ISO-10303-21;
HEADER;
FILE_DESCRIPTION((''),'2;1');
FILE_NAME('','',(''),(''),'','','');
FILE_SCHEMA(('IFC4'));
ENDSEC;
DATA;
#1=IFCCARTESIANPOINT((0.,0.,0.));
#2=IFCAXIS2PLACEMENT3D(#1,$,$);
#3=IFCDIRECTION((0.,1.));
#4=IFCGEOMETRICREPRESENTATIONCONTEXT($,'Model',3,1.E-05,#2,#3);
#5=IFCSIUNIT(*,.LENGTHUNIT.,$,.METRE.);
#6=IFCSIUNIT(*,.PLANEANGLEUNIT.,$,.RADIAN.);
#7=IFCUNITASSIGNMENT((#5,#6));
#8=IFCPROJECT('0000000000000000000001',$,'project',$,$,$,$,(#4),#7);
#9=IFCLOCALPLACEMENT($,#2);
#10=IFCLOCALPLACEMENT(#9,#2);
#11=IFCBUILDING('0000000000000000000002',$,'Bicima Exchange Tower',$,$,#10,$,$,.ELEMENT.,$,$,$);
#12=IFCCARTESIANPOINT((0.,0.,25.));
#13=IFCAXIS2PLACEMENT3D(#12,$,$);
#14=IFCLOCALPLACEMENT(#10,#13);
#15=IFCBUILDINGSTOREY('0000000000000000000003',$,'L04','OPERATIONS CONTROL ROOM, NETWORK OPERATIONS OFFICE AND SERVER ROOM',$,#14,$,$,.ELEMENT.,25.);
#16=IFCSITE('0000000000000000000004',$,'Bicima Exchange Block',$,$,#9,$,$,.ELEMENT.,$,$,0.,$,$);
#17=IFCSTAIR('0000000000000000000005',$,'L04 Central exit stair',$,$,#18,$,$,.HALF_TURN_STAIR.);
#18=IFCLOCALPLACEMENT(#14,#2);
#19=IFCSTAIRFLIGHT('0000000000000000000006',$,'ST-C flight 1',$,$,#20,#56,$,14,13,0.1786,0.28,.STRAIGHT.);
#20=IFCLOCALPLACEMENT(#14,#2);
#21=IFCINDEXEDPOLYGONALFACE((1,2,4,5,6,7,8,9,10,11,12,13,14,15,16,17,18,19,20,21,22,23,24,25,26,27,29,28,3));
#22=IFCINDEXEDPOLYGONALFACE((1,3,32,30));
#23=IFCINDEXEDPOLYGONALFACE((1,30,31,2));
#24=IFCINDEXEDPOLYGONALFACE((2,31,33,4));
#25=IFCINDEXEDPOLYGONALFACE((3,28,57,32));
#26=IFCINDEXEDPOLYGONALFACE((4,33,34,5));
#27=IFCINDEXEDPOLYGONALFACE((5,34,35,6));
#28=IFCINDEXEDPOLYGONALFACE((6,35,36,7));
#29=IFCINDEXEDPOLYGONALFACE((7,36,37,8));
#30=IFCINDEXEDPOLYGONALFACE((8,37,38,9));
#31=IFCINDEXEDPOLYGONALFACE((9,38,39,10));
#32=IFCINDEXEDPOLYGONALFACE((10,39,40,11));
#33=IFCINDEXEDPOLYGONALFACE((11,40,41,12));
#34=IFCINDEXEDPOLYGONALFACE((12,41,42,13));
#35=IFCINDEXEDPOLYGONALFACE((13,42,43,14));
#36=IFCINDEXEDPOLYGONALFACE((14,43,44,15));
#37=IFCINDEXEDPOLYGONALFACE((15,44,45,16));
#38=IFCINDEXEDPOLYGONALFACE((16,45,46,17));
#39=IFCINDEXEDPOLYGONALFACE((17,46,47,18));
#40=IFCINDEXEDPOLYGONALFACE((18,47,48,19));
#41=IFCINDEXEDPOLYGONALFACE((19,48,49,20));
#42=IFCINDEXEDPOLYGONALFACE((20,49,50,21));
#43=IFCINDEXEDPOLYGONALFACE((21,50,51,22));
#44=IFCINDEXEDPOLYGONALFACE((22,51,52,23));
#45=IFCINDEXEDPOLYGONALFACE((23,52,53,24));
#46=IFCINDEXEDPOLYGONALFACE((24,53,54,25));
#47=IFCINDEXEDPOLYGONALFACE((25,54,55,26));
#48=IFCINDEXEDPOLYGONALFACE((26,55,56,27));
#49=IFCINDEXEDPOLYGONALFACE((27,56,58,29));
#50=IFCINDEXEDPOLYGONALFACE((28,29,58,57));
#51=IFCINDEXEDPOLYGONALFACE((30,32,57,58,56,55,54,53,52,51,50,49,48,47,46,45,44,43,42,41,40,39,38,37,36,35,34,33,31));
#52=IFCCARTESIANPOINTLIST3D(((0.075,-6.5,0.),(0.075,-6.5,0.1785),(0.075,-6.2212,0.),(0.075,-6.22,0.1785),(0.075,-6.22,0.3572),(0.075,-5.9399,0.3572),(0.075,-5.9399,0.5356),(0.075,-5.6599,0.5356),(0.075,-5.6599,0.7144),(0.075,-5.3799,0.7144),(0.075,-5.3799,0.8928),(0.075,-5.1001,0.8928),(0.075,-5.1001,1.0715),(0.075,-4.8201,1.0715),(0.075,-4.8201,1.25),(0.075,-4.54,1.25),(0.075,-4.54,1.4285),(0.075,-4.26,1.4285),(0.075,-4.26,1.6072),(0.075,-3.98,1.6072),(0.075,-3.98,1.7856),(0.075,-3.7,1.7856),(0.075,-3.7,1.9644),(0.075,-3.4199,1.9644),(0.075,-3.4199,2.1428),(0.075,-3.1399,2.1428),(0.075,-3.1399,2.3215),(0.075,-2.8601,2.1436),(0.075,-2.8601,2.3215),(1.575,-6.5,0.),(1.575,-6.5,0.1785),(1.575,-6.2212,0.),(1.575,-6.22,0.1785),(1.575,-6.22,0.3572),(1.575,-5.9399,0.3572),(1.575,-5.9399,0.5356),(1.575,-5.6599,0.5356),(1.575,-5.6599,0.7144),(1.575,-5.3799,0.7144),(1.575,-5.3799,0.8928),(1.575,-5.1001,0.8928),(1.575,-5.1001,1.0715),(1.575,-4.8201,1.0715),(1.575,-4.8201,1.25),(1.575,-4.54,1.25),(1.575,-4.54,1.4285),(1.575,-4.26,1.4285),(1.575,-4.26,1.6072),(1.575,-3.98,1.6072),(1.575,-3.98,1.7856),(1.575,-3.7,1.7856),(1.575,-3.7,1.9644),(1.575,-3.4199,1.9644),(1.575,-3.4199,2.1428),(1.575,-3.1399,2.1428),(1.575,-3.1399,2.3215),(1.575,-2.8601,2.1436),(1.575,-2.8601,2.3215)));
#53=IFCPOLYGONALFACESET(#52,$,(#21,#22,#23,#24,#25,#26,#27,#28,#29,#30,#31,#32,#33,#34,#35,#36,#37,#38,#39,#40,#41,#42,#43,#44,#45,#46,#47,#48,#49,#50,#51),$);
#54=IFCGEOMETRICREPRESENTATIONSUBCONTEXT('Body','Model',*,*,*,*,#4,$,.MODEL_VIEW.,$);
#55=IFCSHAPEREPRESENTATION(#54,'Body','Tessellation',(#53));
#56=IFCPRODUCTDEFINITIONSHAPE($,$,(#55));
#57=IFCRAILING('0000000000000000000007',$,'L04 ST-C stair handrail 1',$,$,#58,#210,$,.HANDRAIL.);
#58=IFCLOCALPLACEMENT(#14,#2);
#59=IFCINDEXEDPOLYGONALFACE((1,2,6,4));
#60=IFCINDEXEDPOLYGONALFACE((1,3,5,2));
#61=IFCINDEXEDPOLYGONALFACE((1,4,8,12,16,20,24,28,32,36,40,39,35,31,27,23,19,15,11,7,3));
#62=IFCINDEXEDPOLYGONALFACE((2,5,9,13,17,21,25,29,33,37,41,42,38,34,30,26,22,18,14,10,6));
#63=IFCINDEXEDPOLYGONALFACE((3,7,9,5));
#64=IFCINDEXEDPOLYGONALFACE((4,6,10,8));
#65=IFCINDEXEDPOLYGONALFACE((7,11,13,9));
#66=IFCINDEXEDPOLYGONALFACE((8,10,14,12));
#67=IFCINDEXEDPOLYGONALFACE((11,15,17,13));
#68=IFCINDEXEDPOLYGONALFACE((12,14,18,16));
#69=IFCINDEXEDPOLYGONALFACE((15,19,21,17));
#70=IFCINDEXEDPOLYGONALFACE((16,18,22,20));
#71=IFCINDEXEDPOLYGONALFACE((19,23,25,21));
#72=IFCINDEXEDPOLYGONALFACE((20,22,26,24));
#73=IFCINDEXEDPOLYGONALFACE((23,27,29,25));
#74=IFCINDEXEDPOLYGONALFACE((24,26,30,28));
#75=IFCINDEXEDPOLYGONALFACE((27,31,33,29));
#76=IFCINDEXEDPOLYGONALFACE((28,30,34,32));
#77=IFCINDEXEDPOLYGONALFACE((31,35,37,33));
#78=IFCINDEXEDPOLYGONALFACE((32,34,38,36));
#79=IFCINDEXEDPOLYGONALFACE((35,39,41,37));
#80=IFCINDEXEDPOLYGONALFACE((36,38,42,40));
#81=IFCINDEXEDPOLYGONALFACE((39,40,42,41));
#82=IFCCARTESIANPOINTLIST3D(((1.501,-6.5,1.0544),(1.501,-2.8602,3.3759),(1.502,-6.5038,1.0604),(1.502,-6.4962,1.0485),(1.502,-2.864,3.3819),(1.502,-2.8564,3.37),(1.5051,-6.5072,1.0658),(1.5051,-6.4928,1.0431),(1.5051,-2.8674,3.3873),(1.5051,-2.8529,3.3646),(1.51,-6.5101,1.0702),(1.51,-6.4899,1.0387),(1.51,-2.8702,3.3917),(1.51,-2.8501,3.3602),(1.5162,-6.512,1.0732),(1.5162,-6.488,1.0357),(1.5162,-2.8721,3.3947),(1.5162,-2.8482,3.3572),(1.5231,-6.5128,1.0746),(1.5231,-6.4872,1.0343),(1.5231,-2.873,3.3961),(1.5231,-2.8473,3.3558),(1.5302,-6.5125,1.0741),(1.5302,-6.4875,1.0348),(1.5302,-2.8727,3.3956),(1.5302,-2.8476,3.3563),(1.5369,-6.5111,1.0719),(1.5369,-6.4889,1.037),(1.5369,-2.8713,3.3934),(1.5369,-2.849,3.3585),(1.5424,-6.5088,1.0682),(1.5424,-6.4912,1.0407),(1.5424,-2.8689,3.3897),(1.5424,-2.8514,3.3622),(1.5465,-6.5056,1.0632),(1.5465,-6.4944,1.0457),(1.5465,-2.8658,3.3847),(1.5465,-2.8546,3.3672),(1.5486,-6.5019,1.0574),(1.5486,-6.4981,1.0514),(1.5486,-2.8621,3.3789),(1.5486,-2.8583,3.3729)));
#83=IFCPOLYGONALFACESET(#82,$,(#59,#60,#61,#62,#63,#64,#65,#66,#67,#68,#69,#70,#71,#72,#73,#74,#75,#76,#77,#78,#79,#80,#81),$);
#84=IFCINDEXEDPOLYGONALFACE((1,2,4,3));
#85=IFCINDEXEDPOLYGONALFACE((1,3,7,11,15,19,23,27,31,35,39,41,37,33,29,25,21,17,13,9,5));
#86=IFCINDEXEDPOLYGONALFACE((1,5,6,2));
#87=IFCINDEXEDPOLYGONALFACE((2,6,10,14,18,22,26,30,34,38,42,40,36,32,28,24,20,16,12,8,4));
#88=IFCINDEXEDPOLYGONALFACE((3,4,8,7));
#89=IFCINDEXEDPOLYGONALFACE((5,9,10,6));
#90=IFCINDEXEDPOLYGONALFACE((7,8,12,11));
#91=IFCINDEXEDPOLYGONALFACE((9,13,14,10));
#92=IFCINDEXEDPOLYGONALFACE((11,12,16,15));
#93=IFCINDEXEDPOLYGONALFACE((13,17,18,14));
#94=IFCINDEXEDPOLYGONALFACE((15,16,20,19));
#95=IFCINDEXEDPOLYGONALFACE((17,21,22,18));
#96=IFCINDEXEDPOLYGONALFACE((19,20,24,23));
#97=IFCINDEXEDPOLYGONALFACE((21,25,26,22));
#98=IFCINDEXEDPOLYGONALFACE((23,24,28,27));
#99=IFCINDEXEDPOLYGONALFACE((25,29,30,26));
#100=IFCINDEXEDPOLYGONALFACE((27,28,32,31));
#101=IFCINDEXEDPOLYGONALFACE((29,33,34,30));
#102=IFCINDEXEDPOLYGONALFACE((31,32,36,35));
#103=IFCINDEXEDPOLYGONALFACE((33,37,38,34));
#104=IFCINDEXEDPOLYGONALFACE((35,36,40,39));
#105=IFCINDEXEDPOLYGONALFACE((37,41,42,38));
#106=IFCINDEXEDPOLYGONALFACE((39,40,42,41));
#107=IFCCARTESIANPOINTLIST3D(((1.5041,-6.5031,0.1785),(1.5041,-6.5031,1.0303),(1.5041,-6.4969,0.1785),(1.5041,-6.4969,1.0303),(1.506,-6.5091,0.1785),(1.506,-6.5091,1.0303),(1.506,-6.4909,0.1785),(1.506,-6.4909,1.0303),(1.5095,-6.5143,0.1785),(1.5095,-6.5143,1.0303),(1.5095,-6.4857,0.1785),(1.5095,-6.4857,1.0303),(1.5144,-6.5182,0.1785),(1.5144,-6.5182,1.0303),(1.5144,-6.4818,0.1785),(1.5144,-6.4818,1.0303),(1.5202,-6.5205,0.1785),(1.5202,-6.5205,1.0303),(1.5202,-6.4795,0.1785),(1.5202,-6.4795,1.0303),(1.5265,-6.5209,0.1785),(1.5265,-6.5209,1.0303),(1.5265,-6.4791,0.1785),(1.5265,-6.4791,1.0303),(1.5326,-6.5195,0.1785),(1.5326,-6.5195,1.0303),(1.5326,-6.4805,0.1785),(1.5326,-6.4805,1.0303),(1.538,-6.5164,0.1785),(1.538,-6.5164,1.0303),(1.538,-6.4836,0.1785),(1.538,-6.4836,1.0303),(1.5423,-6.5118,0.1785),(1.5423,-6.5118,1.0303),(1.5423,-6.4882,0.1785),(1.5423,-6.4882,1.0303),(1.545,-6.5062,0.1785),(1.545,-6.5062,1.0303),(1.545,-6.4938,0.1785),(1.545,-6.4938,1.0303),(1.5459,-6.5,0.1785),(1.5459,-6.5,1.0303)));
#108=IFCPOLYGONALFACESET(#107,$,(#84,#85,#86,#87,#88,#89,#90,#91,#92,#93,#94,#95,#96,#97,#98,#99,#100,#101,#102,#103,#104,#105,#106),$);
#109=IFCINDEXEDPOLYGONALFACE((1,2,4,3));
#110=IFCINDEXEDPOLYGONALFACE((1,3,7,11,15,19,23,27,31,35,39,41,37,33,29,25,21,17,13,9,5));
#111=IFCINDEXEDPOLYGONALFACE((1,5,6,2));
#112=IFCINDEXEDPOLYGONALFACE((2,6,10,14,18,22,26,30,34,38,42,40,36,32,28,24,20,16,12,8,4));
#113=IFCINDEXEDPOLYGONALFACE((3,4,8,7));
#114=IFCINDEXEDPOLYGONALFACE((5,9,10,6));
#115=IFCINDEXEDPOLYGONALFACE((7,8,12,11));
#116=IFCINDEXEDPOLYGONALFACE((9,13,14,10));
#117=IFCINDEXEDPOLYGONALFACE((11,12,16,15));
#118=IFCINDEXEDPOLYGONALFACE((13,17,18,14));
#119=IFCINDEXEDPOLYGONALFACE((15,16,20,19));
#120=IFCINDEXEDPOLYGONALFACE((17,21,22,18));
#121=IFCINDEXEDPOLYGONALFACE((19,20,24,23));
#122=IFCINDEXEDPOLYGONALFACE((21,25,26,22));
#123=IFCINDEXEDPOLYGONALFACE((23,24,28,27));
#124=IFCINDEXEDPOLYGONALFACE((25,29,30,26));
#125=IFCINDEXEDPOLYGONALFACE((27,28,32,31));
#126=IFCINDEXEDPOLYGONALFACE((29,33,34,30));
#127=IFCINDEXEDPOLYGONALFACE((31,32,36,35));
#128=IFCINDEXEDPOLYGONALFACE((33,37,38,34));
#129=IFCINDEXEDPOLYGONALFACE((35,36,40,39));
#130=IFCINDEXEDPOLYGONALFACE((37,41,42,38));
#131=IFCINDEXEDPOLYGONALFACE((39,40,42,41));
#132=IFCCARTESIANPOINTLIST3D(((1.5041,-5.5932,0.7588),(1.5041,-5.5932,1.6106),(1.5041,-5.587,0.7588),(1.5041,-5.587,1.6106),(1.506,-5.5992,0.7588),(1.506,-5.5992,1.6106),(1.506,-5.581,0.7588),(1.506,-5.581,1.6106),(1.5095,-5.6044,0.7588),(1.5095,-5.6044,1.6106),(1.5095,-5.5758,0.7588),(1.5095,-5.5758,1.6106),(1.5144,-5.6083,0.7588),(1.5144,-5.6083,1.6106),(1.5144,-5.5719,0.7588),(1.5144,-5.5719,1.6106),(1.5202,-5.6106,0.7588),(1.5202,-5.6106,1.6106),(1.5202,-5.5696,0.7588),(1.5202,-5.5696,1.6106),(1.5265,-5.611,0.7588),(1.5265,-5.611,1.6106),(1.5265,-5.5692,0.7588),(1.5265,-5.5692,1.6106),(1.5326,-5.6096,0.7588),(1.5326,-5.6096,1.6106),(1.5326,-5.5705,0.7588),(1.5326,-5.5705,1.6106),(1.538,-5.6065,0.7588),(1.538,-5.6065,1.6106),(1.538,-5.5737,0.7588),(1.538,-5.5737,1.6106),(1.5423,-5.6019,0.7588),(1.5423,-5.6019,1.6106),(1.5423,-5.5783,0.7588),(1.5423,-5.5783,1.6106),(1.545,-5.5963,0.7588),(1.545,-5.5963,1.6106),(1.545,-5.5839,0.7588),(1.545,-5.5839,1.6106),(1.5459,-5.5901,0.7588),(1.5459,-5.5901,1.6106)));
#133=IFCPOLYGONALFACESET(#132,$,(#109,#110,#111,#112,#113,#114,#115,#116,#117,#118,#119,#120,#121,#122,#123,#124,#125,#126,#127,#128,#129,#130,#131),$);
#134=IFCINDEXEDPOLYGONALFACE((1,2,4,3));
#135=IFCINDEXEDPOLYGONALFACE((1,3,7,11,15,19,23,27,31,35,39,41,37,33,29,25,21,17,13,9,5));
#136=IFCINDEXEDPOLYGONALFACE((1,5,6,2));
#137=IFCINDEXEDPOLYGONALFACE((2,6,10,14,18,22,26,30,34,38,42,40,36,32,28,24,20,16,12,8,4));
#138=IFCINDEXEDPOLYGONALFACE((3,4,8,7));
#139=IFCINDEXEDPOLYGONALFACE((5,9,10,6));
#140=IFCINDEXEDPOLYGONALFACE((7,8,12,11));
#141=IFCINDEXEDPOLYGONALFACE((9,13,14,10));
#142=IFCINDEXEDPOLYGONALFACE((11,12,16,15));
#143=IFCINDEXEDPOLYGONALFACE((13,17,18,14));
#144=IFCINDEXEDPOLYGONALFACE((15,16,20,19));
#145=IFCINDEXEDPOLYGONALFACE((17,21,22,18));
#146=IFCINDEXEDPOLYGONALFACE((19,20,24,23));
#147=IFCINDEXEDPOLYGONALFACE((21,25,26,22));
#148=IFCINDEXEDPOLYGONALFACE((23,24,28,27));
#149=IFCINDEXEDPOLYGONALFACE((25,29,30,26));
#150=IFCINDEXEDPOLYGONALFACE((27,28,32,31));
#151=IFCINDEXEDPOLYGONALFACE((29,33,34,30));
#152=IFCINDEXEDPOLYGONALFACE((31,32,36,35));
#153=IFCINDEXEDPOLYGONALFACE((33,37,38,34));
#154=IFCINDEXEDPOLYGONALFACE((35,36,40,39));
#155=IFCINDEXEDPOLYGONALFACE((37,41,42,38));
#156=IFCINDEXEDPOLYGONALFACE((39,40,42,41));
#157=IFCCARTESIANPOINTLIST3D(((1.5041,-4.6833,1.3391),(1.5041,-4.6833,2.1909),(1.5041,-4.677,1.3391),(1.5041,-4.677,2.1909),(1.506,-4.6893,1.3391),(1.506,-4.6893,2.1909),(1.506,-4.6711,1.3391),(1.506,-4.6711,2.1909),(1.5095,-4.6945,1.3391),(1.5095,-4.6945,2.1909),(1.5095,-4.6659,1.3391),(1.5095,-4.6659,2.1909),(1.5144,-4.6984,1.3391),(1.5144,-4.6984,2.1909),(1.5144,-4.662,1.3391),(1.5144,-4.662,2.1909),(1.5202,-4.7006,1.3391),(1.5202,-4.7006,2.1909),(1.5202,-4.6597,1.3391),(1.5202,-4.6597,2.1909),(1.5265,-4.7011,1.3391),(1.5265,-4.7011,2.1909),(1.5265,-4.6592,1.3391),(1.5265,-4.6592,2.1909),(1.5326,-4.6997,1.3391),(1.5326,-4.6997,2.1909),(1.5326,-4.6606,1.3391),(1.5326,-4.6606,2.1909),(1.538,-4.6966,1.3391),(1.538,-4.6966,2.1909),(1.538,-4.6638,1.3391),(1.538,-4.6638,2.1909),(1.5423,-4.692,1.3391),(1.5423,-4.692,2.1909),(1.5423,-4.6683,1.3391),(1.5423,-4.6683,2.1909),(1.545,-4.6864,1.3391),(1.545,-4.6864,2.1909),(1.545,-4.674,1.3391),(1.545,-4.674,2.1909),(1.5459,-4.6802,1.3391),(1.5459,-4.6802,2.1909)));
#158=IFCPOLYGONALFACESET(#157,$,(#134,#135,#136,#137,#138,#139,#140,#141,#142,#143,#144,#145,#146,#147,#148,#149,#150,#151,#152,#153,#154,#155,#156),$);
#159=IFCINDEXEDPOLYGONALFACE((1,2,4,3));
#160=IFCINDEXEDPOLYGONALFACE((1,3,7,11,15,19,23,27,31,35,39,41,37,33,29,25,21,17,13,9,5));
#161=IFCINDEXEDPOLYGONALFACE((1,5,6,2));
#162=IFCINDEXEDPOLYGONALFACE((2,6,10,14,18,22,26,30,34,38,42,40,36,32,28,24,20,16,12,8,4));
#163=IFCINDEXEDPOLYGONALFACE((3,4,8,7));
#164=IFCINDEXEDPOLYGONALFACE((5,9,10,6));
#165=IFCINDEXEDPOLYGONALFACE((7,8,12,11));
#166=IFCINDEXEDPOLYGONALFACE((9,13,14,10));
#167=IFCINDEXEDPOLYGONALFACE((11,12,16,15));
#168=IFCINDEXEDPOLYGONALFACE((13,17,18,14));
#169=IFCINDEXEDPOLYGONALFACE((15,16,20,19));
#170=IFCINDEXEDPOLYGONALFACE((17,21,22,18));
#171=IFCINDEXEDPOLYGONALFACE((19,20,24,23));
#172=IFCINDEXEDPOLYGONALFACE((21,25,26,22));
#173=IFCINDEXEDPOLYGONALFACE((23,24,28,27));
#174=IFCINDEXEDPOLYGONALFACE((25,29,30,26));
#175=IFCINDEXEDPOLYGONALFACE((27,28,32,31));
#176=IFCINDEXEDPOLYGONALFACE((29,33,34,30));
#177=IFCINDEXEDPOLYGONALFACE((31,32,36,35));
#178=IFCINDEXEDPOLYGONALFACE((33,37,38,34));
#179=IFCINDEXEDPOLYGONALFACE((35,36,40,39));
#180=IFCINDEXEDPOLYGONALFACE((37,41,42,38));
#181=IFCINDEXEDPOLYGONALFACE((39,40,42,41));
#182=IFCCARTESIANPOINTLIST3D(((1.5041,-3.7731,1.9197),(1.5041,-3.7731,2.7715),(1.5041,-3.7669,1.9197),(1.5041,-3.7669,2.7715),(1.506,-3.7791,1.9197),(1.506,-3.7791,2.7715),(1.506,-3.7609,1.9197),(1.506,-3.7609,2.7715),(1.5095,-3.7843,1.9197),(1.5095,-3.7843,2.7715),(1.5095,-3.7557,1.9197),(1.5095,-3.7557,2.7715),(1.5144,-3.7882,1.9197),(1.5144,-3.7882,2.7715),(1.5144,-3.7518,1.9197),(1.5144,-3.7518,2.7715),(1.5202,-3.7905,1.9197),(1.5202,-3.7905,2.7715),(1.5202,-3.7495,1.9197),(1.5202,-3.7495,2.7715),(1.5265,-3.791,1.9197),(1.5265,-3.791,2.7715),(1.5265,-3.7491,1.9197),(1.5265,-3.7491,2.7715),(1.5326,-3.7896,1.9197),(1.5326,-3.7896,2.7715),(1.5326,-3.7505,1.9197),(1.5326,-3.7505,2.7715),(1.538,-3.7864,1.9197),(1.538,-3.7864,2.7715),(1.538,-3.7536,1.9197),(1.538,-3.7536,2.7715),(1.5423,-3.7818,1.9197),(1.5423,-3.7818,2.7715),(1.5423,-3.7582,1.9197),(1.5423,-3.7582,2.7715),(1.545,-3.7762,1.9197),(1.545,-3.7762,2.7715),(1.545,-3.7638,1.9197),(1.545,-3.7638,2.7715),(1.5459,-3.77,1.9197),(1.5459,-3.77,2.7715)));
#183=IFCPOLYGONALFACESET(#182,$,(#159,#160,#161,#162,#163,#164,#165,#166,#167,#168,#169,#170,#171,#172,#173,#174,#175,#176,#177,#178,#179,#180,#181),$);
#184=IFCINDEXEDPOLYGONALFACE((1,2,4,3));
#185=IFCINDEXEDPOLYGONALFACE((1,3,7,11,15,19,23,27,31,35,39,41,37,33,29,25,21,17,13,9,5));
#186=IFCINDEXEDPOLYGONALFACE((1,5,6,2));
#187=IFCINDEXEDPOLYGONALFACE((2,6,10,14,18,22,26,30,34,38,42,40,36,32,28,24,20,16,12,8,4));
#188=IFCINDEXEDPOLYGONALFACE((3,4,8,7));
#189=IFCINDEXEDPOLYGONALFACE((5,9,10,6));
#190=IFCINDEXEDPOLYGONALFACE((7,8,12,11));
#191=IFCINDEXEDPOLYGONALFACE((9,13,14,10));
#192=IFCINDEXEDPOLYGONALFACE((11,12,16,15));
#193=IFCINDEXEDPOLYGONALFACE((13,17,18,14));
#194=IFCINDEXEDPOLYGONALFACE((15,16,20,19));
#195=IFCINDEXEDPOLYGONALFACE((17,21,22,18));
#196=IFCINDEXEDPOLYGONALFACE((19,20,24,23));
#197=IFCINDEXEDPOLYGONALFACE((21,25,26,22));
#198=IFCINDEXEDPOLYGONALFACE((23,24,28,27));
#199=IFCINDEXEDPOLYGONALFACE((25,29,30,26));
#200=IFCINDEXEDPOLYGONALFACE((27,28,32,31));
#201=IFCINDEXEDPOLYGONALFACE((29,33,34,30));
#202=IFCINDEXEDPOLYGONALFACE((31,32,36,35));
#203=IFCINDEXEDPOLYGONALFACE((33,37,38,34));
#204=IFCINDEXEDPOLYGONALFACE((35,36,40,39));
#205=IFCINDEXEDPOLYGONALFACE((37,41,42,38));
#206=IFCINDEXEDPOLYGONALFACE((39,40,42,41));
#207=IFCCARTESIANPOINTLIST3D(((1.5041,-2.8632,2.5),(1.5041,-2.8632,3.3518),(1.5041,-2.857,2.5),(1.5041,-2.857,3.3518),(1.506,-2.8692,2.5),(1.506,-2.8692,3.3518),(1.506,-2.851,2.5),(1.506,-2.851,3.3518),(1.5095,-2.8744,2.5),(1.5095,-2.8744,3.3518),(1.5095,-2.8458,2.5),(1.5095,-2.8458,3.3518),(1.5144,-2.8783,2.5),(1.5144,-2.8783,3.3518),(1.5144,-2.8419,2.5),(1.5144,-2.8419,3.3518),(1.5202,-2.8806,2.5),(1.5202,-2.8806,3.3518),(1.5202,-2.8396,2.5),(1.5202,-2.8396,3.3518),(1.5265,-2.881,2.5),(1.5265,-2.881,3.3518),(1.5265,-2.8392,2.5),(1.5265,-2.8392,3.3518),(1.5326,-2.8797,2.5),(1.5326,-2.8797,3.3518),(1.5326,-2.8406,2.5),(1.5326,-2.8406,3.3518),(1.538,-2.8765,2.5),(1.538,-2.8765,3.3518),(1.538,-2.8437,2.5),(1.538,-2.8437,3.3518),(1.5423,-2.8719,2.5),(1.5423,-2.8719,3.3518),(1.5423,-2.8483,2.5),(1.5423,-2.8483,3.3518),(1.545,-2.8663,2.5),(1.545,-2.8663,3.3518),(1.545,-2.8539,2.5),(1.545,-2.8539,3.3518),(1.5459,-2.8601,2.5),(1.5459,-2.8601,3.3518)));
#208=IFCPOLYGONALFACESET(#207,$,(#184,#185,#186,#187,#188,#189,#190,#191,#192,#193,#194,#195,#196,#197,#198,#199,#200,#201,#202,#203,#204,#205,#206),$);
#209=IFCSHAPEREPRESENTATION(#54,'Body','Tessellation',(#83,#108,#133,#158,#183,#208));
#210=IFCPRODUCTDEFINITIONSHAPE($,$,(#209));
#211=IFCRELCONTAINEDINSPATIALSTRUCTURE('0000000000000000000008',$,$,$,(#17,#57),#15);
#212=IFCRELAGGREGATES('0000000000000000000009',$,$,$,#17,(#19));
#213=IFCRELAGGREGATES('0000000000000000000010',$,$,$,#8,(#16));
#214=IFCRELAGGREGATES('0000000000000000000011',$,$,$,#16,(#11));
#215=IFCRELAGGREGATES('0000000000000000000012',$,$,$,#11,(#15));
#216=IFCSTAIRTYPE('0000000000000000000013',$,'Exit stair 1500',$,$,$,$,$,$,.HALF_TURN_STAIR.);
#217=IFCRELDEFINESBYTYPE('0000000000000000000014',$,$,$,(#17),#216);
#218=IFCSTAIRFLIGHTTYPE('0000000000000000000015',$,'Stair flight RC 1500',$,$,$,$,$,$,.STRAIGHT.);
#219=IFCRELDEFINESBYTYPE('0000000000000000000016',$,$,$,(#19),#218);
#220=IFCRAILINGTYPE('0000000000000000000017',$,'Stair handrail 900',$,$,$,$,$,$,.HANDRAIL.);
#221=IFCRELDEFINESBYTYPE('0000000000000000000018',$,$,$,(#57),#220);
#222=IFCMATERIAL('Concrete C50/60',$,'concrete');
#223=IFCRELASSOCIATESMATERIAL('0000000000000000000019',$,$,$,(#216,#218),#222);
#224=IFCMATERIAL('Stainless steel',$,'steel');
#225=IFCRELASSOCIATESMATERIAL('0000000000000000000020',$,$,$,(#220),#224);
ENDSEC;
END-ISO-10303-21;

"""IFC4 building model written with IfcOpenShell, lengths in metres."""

from ifc_helpers import new_model, si_unit, direction, frame, origin, origin_2d, place, context, subcontext, project, spatial, polyline, circle, outline, extrude, material, type_object, element, aggregate, save


model = new_model("IFC4")

# Units and contexts
model_context = context("Model", 3, precision=1e-05, world=origin(), true_north=direction((0.0, 1.0)))
body_context = subcontext(model_context, "Body", "Model", "MODEL_VIEW")
ifc_project = project(units=[si_unit("LENGTHUNIT", "METRE"), si_unit("PLANEANGLEUNIT", "RADIAN")], contexts=[model_context])

# Site, building, storey
site_placement = place(None, origin())
site = spatial("IfcSite", under=ifc_project, at=site_placement, Name="Bicima Exchange Block", CompositionType="ELEMENT", RefElevation=0.0)
building_placement = place(site_placement, origin())
building = spatial("IfcBuilding", under=site, at=building_placement, Name="Bicima Exchange Tower", CompositionType="ELEMENT")
storey_placement = place(building_placement, frame((0.0, 0.0, 25.0)))
storey = spatial("IfcBuildingStorey", under=building, at=storey_placement, Name="L04", Description="OPERATIONS CONTROL ROOM, NETWORK OPERATIONS OFFICE AND SERVER ROOM", CompositionType="ELEMENT", Elevation=25.0)

# Shared definitions
ifc_material_1 = material(Name="Concrete C50/60", Category="concrete")

# Shared definitions
ifc_material_2 = material(Name="Stainless steel", Category="steel")

# Stair, stair flight
stair_type = type_object("IfcStairType", Name="Exit stair 1500", PredefinedType="HALF_TURN_STAIR", material=ifc_material_1)
stair_placement = place(storey_placement, origin())
stair = element("IfcStair", 1, at=stair_placement, inside=storey, type_object=stair_type, Name="L04 Central exit stair", PredefinedType="HALF_TURN_STAIR")
stair_flight_type = type_object("IfcStairFlightType", Name="Stair flight RC 1500", PredefinedType="STRAIGHT", material=ifc_material_1)
stair_flight_placement = place(storey_placement, frame((0.825, -6.5, 0.0), z_axis=(0.0, 0.0, 1.0), x_axis=(0.0, 1.0, 0.0)))
stair_flight = element("IfcStairFlight", 2, at=stair_flight_placement, type_object=stair_flight_type, Name="ST-C flight 1", NumberOfRisers=14, NumberOfTreads=13, PredefinedType="STRAIGHT", RiserHeight=0.1786, TreadLength=0.28, context=body_context, shape_type="SweptSolid", body=[
    extrude(outline(polyline([(0.0, 0.0), (0.0, 0.1785), (0.28, 0.1785), (0.28, 0.3572), (0.5601, 0.3572), (0.5601, 0.5356), (0.8401, 0.5356), (0.8401, 0.7144), (1.1201, 0.7144), (1.1201, 0.8928), (1.3999, 0.8928), (1.3999, 1.0715), (1.6799, 1.0715), (1.6799, 1.25), (1.96, 1.25), (1.96, 1.4285), (2.24, 1.4285), (2.24, 1.6072), (2.52, 1.6072), (2.52, 1.7856), (2.8, 1.7856), (2.8, 1.9644), (3.0801, 1.9644), (3.0801, 2.1428), (3.3601, 2.1428), (3.3601, 2.3215), (3.6399, 2.3215), (3.6399, 2.5), (3.6399, 2.1436), (0.2788, 0.0), (0.0, 0.0)])), frame((0.0, 0.75, 0.0), z_axis=(0.0, -1.0, 0.0), x_axis=(1.0, 0.0, 0.0)), (0.0, 0.0, 1.0), 1.5),
])
aggregate(stair, [stair_flight])

# Railing
railing_type_1 = type_object("IfcRailingType", Name="Stair handrail 900", PredefinedType="HANDRAIL", material=ifc_material_2)
railing_1_placement = place(storey_placement, frame((1.5249, -6.5, 0.1785)))
element("IfcRailing", 3, at=railing_1_placement, inside=storey, type_object=railing_type_1, Name="L04 ST-C stair handrail 1", PredefinedType="HANDRAIL", context=body_context, shape_type="SweptSolid", body=[
    extrude(circle(Radius=0.0239, at=origin_2d()), frame((0.0, 0.0, 0.876), z_axis=(0.0, 0.843112, 0.537739), x_axis=(-1.0, 0.0, 0.0)), (0.0, 0.0, 1.0), 4.3171),
    extrude(circle(Radius=0.021, at=origin_2d()), origin(), (0.0, 0.0, 1.0), 0.8518),
    extrude(circle(Radius=0.021, at=origin_2d()), frame((0.0, 0.9099, 0.5803)), (0.0, 0.0, 1.0), 0.8518),
    extrude(circle(Radius=0.021, at=origin_2d()), frame((0.0, 1.8198, 1.1606)), (0.0, 0.0, 1.0), 0.8518),
    extrude(circle(Radius=0.021, at=origin_2d()), frame((0.0, 2.73, 1.7412)), (0.0, 0.0, 1.0), 0.8518),
    extrude(circle(Radius=0.021, at=origin_2d()), frame((0.0, 3.6399, 2.3215)), (0.0, 0.0, 1.0), 0.8518),
])

save(model, "model.ifc")
